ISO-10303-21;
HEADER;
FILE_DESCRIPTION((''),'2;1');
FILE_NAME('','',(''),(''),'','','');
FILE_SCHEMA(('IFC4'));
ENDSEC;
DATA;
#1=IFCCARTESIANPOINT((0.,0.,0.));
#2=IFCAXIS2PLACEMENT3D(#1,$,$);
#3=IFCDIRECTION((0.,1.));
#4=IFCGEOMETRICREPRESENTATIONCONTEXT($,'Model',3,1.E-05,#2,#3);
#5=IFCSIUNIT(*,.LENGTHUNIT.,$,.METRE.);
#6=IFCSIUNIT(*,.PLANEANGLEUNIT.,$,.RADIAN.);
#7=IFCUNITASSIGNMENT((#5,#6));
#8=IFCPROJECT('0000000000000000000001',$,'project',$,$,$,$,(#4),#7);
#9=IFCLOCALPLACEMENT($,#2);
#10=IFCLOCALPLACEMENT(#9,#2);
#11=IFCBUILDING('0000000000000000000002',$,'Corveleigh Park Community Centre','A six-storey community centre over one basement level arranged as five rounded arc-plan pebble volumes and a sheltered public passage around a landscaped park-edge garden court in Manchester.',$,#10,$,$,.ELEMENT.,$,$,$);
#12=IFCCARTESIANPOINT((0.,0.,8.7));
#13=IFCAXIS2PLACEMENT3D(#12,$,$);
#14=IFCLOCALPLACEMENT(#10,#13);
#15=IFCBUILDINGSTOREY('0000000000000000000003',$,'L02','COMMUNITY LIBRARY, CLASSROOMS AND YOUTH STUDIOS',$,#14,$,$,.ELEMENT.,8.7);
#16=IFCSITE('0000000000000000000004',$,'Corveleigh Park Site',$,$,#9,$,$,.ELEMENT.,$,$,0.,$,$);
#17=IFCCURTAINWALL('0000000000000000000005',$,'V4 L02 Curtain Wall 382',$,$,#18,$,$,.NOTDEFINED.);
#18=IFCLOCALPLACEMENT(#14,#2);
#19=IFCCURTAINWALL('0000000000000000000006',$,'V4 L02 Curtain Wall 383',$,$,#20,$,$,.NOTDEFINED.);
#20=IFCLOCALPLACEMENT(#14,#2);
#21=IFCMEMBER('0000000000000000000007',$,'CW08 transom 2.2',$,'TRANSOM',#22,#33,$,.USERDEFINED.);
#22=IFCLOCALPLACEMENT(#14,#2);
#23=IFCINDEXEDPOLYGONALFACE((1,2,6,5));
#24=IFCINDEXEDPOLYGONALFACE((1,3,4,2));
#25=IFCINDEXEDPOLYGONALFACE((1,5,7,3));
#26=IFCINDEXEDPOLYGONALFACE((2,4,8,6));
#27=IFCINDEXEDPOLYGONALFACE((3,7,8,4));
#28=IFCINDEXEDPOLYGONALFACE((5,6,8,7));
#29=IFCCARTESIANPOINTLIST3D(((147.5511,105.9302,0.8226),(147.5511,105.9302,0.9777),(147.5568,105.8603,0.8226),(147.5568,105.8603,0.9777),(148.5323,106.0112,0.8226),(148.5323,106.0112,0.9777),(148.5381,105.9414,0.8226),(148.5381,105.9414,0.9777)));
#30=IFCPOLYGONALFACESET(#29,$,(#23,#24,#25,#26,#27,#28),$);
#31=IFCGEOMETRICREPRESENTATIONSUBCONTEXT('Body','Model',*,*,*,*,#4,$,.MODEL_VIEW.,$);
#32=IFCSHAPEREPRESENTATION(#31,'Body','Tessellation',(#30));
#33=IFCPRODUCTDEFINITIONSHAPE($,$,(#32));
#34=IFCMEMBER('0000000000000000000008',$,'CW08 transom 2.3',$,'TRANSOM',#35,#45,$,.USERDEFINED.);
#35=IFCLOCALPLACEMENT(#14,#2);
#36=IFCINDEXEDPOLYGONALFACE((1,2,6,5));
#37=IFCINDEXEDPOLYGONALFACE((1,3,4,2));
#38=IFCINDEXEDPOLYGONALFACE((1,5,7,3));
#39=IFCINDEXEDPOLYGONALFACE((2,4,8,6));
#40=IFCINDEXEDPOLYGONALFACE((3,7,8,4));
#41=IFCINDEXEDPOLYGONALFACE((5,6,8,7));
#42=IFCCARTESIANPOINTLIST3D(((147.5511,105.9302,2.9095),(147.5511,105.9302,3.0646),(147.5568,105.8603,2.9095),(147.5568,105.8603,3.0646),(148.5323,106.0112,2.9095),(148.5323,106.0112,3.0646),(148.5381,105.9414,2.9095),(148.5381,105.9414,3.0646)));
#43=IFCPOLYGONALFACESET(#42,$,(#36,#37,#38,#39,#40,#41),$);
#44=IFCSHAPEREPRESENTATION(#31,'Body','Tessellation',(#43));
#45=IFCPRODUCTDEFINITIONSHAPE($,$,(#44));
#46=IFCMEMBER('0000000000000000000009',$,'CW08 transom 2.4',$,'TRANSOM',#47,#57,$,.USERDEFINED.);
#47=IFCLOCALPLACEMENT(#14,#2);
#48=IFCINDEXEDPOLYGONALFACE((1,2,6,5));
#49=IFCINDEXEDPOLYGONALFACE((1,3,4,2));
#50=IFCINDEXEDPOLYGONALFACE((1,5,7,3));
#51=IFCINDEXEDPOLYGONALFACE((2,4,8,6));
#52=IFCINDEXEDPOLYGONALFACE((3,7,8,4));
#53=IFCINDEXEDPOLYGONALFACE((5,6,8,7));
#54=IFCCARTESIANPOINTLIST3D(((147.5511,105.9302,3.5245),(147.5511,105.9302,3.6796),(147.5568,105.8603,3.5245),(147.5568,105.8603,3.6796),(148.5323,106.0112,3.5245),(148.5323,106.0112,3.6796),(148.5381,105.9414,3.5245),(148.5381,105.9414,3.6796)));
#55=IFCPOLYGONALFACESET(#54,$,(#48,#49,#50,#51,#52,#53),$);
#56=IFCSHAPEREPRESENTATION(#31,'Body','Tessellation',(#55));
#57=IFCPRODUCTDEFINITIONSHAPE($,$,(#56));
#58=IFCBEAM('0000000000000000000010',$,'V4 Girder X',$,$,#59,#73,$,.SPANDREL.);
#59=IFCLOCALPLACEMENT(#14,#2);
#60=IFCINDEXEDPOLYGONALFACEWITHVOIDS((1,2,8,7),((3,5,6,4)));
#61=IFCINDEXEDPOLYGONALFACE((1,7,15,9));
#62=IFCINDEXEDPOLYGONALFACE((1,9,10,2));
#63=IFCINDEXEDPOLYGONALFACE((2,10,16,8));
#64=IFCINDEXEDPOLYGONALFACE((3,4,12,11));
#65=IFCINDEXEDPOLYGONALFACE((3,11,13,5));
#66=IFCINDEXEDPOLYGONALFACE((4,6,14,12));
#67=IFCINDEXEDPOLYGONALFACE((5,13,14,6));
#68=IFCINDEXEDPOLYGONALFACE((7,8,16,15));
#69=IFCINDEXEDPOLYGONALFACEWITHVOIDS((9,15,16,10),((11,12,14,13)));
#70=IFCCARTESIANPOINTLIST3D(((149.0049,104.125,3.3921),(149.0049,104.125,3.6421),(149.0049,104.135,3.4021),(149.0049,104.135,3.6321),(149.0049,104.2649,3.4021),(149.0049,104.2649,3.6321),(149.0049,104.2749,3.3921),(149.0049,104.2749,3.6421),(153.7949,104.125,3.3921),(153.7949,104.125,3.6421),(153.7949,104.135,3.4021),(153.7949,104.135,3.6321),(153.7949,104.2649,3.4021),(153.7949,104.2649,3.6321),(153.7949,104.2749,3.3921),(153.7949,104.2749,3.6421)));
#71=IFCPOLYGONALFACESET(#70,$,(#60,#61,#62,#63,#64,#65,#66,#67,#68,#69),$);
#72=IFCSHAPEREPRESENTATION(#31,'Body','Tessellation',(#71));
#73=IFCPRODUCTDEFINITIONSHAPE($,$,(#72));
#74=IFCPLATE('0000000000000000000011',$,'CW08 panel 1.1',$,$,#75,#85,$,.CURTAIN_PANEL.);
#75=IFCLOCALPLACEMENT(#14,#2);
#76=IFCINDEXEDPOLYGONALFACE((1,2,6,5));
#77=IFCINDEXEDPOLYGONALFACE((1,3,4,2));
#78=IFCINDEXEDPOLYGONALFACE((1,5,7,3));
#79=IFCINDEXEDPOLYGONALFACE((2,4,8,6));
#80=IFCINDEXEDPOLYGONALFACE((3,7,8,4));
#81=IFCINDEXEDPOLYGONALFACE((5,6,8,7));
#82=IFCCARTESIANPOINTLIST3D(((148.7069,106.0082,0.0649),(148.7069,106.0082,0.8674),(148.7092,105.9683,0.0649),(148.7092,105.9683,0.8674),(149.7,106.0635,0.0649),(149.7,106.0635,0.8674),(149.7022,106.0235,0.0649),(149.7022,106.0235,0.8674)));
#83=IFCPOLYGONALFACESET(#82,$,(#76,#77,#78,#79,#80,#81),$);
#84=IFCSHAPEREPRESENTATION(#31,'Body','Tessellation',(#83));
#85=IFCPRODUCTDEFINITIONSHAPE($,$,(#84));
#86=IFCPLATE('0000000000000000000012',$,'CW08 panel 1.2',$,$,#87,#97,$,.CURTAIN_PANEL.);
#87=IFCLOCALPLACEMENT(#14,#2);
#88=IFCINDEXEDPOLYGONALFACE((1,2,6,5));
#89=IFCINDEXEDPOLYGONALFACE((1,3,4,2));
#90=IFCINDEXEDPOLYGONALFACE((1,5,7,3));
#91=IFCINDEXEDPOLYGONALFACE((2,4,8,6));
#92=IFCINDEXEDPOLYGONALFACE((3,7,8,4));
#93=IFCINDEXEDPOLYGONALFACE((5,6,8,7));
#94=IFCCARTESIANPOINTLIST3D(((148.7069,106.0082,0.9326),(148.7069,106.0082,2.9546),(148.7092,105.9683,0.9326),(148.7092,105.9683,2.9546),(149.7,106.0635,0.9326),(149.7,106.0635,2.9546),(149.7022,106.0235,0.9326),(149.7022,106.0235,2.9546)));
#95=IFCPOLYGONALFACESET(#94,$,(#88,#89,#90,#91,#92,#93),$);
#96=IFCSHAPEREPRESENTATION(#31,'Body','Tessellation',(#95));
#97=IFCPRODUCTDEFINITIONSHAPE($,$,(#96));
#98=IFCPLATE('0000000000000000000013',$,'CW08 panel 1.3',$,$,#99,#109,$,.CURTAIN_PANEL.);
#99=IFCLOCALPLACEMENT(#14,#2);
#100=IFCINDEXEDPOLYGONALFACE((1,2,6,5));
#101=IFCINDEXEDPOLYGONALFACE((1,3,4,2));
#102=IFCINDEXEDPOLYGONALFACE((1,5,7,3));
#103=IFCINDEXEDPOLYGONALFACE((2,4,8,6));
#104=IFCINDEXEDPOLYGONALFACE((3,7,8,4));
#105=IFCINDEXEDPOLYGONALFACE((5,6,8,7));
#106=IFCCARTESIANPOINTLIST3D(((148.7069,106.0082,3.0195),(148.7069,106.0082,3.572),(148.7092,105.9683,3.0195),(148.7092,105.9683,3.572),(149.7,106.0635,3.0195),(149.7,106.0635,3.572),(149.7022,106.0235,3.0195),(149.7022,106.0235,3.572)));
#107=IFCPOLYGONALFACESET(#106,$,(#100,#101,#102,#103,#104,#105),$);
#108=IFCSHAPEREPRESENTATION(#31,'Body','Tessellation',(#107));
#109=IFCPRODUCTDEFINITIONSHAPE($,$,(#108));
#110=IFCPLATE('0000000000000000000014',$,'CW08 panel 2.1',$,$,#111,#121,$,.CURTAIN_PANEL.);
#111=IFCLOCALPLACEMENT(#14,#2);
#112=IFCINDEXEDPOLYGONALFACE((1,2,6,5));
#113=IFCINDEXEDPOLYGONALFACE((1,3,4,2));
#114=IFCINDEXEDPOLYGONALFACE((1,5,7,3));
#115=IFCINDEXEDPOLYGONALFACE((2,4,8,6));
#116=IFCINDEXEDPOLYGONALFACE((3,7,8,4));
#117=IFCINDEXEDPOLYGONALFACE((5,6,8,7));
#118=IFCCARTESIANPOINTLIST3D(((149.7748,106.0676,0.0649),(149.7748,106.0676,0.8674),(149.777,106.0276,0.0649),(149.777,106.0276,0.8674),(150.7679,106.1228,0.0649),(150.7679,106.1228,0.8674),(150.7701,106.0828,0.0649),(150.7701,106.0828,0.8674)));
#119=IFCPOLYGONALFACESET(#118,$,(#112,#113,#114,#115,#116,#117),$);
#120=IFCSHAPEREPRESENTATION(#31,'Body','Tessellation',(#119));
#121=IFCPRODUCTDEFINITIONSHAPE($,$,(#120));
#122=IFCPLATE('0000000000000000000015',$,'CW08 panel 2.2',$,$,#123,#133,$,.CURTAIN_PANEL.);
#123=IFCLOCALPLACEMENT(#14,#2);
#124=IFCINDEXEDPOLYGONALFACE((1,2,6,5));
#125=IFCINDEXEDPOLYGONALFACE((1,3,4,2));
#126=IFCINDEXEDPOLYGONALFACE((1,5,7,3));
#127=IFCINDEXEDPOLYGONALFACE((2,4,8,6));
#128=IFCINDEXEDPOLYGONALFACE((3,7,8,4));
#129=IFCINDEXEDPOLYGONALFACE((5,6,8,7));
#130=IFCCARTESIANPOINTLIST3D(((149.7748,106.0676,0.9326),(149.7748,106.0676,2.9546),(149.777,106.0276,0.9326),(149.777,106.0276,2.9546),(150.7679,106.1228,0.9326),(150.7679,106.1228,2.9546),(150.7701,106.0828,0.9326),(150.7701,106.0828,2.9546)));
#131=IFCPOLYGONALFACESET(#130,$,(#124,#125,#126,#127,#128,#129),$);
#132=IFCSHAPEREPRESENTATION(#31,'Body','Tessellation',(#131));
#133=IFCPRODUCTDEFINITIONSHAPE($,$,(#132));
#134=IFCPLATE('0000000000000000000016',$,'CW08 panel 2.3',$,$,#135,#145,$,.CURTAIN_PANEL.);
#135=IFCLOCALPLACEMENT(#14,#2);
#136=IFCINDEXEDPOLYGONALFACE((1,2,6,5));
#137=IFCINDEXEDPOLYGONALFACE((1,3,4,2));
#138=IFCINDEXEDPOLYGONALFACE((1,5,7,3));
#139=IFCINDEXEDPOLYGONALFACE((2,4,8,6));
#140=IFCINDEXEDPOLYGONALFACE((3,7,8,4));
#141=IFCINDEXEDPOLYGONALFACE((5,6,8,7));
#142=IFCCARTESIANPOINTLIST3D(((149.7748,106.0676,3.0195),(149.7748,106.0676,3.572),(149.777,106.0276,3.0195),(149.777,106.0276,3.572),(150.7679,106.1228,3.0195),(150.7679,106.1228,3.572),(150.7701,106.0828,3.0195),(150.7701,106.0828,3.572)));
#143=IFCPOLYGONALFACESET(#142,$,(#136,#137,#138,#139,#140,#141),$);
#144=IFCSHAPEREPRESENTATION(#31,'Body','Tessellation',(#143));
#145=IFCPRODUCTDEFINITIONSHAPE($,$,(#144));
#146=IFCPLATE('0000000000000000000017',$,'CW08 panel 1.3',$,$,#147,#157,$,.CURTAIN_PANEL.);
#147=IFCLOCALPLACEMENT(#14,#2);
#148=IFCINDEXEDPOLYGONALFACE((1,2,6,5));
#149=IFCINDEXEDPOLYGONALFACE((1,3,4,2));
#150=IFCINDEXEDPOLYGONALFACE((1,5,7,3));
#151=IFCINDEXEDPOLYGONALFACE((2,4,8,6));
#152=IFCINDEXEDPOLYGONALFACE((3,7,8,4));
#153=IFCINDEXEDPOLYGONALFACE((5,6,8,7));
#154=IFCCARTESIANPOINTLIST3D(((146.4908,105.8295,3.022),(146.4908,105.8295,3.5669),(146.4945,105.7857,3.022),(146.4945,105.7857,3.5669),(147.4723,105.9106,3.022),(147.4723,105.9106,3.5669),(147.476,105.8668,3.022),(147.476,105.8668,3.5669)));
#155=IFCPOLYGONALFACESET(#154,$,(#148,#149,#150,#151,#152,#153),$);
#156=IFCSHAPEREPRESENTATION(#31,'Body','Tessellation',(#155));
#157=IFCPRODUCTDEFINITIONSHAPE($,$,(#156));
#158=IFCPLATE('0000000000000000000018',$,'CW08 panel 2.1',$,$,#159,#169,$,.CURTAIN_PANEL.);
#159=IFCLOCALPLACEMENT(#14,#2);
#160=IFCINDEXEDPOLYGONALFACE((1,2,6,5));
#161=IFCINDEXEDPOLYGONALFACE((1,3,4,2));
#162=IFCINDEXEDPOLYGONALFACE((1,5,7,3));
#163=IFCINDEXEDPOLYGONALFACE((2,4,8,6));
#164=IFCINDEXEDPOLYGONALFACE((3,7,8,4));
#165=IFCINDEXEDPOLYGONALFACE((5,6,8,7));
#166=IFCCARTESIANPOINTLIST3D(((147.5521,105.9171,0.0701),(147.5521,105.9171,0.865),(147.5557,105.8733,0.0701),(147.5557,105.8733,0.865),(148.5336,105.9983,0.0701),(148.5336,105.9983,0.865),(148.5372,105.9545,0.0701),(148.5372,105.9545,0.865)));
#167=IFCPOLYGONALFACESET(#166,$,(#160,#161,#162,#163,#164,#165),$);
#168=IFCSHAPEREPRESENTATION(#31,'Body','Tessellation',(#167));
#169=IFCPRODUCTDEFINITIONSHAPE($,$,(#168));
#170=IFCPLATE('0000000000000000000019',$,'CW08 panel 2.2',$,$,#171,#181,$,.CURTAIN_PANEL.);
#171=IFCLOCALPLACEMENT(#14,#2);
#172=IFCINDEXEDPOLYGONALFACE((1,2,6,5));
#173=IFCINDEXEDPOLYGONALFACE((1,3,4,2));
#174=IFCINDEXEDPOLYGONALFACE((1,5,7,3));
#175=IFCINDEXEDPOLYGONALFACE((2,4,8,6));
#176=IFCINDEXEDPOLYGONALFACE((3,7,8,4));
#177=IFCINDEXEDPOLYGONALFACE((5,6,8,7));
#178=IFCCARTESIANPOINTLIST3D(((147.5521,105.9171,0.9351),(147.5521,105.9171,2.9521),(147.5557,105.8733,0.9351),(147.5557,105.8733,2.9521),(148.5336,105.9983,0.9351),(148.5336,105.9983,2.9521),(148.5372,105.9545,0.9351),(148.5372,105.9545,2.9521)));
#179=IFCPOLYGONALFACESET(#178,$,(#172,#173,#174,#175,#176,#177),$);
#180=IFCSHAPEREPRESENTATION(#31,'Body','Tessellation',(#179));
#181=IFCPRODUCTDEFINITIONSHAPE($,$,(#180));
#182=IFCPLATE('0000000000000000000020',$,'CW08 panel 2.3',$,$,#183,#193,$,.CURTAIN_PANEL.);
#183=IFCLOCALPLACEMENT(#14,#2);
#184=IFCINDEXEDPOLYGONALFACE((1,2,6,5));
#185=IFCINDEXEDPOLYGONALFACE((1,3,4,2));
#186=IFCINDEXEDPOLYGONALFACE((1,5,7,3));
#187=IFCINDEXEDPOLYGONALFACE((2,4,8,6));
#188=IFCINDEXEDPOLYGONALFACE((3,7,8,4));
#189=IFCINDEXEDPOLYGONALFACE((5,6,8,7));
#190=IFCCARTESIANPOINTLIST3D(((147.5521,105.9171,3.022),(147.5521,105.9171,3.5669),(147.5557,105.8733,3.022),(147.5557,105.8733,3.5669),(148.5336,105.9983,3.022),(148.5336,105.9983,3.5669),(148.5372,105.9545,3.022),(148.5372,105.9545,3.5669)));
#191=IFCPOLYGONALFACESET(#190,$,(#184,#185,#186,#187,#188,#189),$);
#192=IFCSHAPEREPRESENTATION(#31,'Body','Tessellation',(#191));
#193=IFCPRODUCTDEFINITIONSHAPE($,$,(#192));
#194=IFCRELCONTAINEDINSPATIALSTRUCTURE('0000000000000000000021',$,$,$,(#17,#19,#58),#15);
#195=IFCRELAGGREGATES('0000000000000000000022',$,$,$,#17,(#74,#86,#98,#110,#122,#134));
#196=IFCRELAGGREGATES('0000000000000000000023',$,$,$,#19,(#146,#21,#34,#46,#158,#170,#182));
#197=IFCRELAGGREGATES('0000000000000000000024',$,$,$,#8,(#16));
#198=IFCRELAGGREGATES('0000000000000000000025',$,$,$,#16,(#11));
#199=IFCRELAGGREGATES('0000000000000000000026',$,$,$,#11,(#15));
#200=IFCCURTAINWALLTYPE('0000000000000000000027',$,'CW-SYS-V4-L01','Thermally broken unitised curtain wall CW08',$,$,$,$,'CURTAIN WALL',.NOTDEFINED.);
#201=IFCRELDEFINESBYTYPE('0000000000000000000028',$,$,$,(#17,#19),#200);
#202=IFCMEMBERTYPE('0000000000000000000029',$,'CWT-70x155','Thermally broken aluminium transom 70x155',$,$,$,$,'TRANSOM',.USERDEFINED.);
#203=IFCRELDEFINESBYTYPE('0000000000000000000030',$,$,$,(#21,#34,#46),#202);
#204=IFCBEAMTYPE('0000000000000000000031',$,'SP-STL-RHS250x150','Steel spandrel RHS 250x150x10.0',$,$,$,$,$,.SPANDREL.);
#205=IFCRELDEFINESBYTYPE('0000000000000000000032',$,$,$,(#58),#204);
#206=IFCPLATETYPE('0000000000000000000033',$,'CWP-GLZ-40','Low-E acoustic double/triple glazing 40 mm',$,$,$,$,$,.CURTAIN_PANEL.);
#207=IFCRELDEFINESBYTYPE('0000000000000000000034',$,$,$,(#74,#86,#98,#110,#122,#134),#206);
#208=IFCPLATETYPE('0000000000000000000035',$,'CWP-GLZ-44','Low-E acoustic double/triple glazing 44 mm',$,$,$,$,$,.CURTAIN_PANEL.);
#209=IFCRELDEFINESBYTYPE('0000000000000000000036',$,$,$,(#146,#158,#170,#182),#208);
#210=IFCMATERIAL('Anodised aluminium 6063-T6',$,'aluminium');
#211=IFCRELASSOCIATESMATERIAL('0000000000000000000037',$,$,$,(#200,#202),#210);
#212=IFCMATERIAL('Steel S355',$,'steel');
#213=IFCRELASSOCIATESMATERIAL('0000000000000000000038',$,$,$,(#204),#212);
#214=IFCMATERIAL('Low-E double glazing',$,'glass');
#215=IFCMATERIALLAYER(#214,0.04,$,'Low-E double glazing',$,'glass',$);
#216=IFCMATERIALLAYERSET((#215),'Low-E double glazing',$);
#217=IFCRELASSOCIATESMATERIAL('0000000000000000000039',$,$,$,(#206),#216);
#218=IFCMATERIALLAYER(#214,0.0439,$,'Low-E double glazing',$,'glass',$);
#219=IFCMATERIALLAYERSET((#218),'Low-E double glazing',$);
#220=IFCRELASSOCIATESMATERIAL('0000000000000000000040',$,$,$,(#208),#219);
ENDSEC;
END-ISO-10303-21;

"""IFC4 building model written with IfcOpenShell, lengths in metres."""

from ifc_helpers import new_model, si_unit, direction, frame, origin, origin_2d, place, context, subcontext, project, spatial, rectangle, hollow_rectangle, extrude, material, layer, layer_set, material_profile, profile_set, type_object, element, aggregate, save


model = new_model("IFC4")

# Units and contexts
model_context = context("Model", 3, precision=1e-05, world=origin(), true_north=direction((0.0, 1.0)))
body_context = subcontext(model_context, "Body", "Model", "MODEL_VIEW")
ifc_project = project(units=[si_unit("LENGTHUNIT", "METRE"), si_unit("PLANEANGLEUNIT", "RADIAN")], contexts=[model_context])

# Site, building, storey
site_placement = place(None, origin())
site = spatial("IfcSite", under=ifc_project, at=site_placement, Name="Corveleigh Park Site", CompositionType="ELEMENT", RefElevation=0.0)
building_placement = place(site_placement, origin())
building = spatial("IfcBuilding", under=site, at=building_placement, Name="Corveleigh Park Community Centre", Description="A six-storey community centre over one basement level arranged as five rounded arc-plan pebble volumes and a sheltered public passage around a landscaped park-edge garden court in Manchester.", CompositionType="ELEMENT")
storey_placement = place(building_placement, frame((0.0, 0.0, 8.7)))
storey = spatial("IfcBuildingStorey", under=building, at=storey_placement, Name="L02", Description="COMMUNITY LIBRARY, CLASSROOMS AND YOUTH STUDIOS", CompositionType="ELEMENT", Elevation=8.7)

# Curtain walls
ifc_material_1 = material(Name="Anodised aluminium 6063-T6", Category="aluminium")
curtain_wall_type = type_object("IfcCurtainWallType", Name="CW-SYS-V4-L01", Description="Thermally broken unitised curtain wall CW08", ElementType="CURTAIN WALL", PredefinedType="NOTDEFINED", material=ifc_material_1)
curtain_wall_1_placement = place(storey_placement, origin())
curtain_wall_1 = element("IfcCurtainWall", 1, at=curtain_wall_1_placement, inside=storey, type_object=curtain_wall_type, Name="V4 L02 Curtain Wall 382", PredefinedType="NOTDEFINED")
curtain_wall_2_placement = place(storey_placement, origin())
curtain_wall_2 = element("IfcCurtainWall", 2, at=curtain_wall_2_placement, inside=storey, type_object=curtain_wall_type, Name="V4 L02 Curtain Wall 383", PredefinedType="NOTDEFINED")

# Members
ifc_material_profile_1 = material_profile(ifc_material_1, rectangle(XDim=0.0701, YDim=0.155, at=origin_2d()), Name="ALU-T70x155", Category="aluminium")
ifc_profile_set_1 = profile_set([ifc_material_profile_1], Name="Anodised aluminium 6063-T6")
member_type_1 = type_object("IfcMemberType", Name="CWT-70x155", Description="Thermally broken aluminium transom 70x155", ElementType="TRANSOM", PredefinedType="USERDEFINED", material=ifc_profile_set_1)
member_1_placement = place(storey_placement, frame((147.554, 105.8953, 0.9001), z_axis=(0.996605, 0.082327, 0.0), x_axis=(-0.082327, 0.996605, 0.0)))
member_1 = element("IfcMember", 3, at=member_1_placement, type_object=member_type_1, Name="CW08 transom 2.2", ObjectType="TRANSOM", PredefinedType="USERDEFINED", context=body_context, shape_type="SweptSolid", body=[
    extrude(rectangle(XDim=0.0701, YDim=0.155, at=origin_2d()), origin(), (0.0, 0.0, 1.0), 0.9846),
])
member_2_placement = place(storey_placement, frame((147.554, 105.8953, 2.9871), z_axis=(0.996605, 0.082327, 0.0), x_axis=(-0.082327, 0.996605, 0.0)))
member_2 = element("IfcMember", 4, at=member_2_placement, type_object=member_type_1, Name="CW08 transom 2.3", ObjectType="TRANSOM", PredefinedType="USERDEFINED", context=body_context, shape_type="SweptSolid", body=[
    extrude(rectangle(XDim=0.0701, YDim=0.155, at=origin_2d()), origin(), (0.0, 0.0, 1.0), 0.9846),
])
member_3_placement = place(storey_placement, frame((147.554, 105.8953, 3.6021), z_axis=(0.996605, 0.082327, 0.0), x_axis=(-0.082327, 0.996605, 0.0)))
member_3 = element("IfcMember", 5, at=member_3_placement, type_object=member_type_1, Name="CW08 transom 2.4", ObjectType="TRANSOM", PredefinedType="USERDEFINED", context=body_context, shape_type="SweptSolid", body=[
    extrude(rectangle(XDim=0.0701, YDim=0.155, at=origin_2d()), origin(), (0.0, 0.0, 1.0), 0.9846),
])

# Beam
ifc_material_2 = material(Name="Steel S355", Category="steel")
ifc_material_profile_2 = material_profile(ifc_material_2, hollow_rectangle(XDim=0.1499, YDim=0.25, WallThickness=0.01, at=origin_2d()), Name="RHS 250x150x10.0", Category="steel")
ifc_profile_set_2 = profile_set([ifc_material_profile_2], Name="Steel S355")
beam_type = type_object("IfcBeamType", Name="SP-STL-RHS250x150", Description="Steel spandrel RHS 250x150x10.0", PredefinedType="SPANDREL", material=ifc_profile_set_2)
beam_placement = place(storey_placement, frame((149.0049, 104.2, 3.5171), z_axis=(1.0, 0.0, 0.0), x_axis=(0.0, 1.0, 0.0)))
element("IfcBeam", 6, at=beam_placement, inside=storey, type_object=beam_type, Name="V4 Girder X", PredefinedType="SPANDREL", context=body_context, shape_type="SweptSolid", body=[
    extrude(hollow_rectangle(XDim=0.1499, YDim=0.25, WallThickness=0.01, at=origin_2d()), origin(), (0.0, 0.0, 1.0), 4.79),
])

# Plates
ifc_material_3 = material(Name="Low-E double glazing", Category="glass")
ifc_layer_1 = layer(ifc_material_3, 0.04, Name="Low-E double glazing", Category="glass")
ifc_layer_set_1 = layer_set([ifc_layer_1], Name="Low-E double glazing")
plate_type_1 = type_object("IfcPlateType", Name="CWP-GLZ-40", Description="Low-E acoustic double/triple glazing 40 mm", PredefinedType="CURTAIN_PANEL", material=ifc_layer_set_1)
plate_1_placement = place(storey_placement, frame((149.2046, 106.0159, 0.0649), z_axis=(0.0, 0.0, 1.0), x_axis=(0.998456, 0.055545, 0.0)))
plate_1 = element("IfcPlate", 7, at=plate_1_placement, type_object=plate_type_1, Name="CW08 panel 1.1", PredefinedType="CURTAIN_PANEL", context=body_context, shape_type="SweptSolid", body=[
    extrude(rectangle(XDim=0.9946, YDim=0.04, at=origin_2d()), origin(), (0.0, 0.0, 1.0), 0.8025),
])
plate_2_placement = place(storey_placement, frame((149.2046, 106.0159, 0.9326), z_axis=(0.0, 0.0, 1.0), x_axis=(0.998456, 0.055545, 0.0)))
plate_2 = element("IfcPlate", 8, at=plate_2_placement, type_object=plate_type_1, Name="CW08 panel 1.2", PredefinedType="CURTAIN_PANEL", context=body_context, shape_type="SweptSolid", body=[
    extrude(rectangle(XDim=0.9946, YDim=0.04, at=origin_2d()), origin(), (0.0, 0.0, 1.0), 2.022),
])
plate_3_placement = place(storey_placement, frame((149.2046, 106.0159, 3.0195), z_axis=(0.0, 0.0, 1.0), x_axis=(0.998456, 0.055545, 0.0)))
plate_3 = element("IfcPlate", 9, at=plate_3_placement, type_object=plate_type_1, Name="CW08 panel 1.3", PredefinedType="CURTAIN_PANEL", context=body_context, shape_type="SweptSolid", body=[
    extrude(rectangle(XDim=0.9946, YDim=0.04, at=origin_2d()), origin(), (0.0, 0.0, 1.0), 0.5525),
])
plate_4_placement = place(storey_placement, frame((150.2725, 106.0752, 0.0649), z_axis=(0.0, 0.0, 1.0), x_axis=(0.998456, 0.055545, 0.0)))
plate_4 = element("IfcPlate", 10, at=plate_4_placement, type_object=plate_type_1, Name="CW08 panel 2.1", PredefinedType="CURTAIN_PANEL", context=body_context, shape_type="SweptSolid", body=[
    extrude(rectangle(XDim=0.9946, YDim=0.04, at=origin_2d()), origin(), (0.0, 0.0, 1.0), 0.8025),
])
plate_5_placement = place(storey_placement, frame((150.2725, 106.0752, 0.9326), z_axis=(0.0, 0.0, 1.0), x_axis=(0.998456, 0.055545, 0.0)))
plate_5 = element("IfcPlate", 11, at=plate_5_placement, type_object=plate_type_1, Name="CW08 panel 2.2", PredefinedType="CURTAIN_PANEL", context=body_context, shape_type="SweptSolid", body=[
    extrude(rectangle(XDim=0.9946, YDim=0.04, at=origin_2d()), origin(), (0.0, 0.0, 1.0), 2.022),
])
plate_6_placement = place(storey_placement, frame((150.2725, 106.0752, 3.0195), z_axis=(0.0, 0.0, 1.0), x_axis=(0.998456, 0.055545, 0.0)))
plate_6 = element("IfcPlate", 12, at=plate_6_placement, type_object=plate_type_1, Name="CW08 panel 2.3", PredefinedType="CURTAIN_PANEL", context=body_context, shape_type="SweptSolid", body=[
    extrude(rectangle(XDim=0.9946, YDim=0.04, at=origin_2d()), origin(), (0.0, 0.0, 1.0), 0.5525),
])
aggregate(curtain_wall_1, [plate_1, plate_2, plate_3, plate_4, plate_5, plate_6])
ifc_layer_2 = layer(ifc_material_3, 0.0439, Name="Low-E double glazing", Category="glass")
ifc_layer_set_2 = layer_set([ifc_layer_2], Name="Low-E double glazing")
plate_type_2 = type_object("IfcPlateType", Name="CWP-GLZ-44", Description="Low-E acoustic double/triple glazing 44 mm", PredefinedType="CURTAIN_PANEL", material=ifc_layer_set_2)
plate_7_placement = place(storey_placement, frame((146.9834, 105.8481, 3.022), z_axis=(0.0, 0.0, 1.0), x_axis=(0.996602, 0.082371, 0.0)))
plate_7 = element("IfcPlate", 13, at=plate_7_placement, type_object=plate_type_2, Name="CW08 panel 1.3", PredefinedType="CURTAIN_PANEL", context=body_context, shape_type="SweptSolid", body=[
    extrude(rectangle(XDim=0.9849, YDim=0.0439, at=origin_2d()), origin(), (0.0, 0.0, 1.0), 0.5449),
])
plate_8_placement = place(storey_placement, frame((148.0447, 105.9358, 0.0701), z_axis=(0.0, 0.0, 1.0), x_axis=(0.996602, 0.082371, 0.0)))
plate_8 = element("IfcPlate", 14, at=plate_8_placement, type_object=plate_type_2, Name="CW08 panel 2.1", PredefinedType="CURTAIN_PANEL", context=body_context, shape_type="SweptSolid", body=[
    extrude(rectangle(XDim=0.9849, YDim=0.0439, at=origin_2d()), origin(), (0.0, 0.0, 1.0), 0.7949),
])
plate_9_placement = place(storey_placement, frame((148.0447, 105.9358, 0.9351), z_axis=(0.0, 0.0, 1.0), x_axis=(0.996602, 0.082371, 0.0)))
plate_9 = element("IfcPlate", 15, at=plate_9_placement, type_object=plate_type_2, Name="CW08 panel 2.2", PredefinedType="CURTAIN_PANEL", context=body_context, shape_type="SweptSolid", body=[
    extrude(rectangle(XDim=0.9849, YDim=0.0439, at=origin_2d()), origin(), (0.0, 0.0, 1.0), 2.0171),
])
plate_10_placement = place(storey_placement, frame((148.0447, 105.9358, 3.022), z_axis=(0.0, 0.0, 1.0), x_axis=(0.996602, 0.082371, 0.0)))
plate_10 = element("IfcPlate", 16, at=plate_10_placement, type_object=plate_type_2, Name="CW08 panel 2.3", PredefinedType="CURTAIN_PANEL", context=body_context, shape_type="SweptSolid", body=[
    extrude(rectangle(XDim=0.9849, YDim=0.0439, at=origin_2d()), origin(), (0.0, 0.0, 1.0), 0.5449),
])
aggregate(curtain_wall_2, [plate_7, member_1, member_2, member_3, plate_8, plate_9, plate_10])

save(model, "model.ifc")
